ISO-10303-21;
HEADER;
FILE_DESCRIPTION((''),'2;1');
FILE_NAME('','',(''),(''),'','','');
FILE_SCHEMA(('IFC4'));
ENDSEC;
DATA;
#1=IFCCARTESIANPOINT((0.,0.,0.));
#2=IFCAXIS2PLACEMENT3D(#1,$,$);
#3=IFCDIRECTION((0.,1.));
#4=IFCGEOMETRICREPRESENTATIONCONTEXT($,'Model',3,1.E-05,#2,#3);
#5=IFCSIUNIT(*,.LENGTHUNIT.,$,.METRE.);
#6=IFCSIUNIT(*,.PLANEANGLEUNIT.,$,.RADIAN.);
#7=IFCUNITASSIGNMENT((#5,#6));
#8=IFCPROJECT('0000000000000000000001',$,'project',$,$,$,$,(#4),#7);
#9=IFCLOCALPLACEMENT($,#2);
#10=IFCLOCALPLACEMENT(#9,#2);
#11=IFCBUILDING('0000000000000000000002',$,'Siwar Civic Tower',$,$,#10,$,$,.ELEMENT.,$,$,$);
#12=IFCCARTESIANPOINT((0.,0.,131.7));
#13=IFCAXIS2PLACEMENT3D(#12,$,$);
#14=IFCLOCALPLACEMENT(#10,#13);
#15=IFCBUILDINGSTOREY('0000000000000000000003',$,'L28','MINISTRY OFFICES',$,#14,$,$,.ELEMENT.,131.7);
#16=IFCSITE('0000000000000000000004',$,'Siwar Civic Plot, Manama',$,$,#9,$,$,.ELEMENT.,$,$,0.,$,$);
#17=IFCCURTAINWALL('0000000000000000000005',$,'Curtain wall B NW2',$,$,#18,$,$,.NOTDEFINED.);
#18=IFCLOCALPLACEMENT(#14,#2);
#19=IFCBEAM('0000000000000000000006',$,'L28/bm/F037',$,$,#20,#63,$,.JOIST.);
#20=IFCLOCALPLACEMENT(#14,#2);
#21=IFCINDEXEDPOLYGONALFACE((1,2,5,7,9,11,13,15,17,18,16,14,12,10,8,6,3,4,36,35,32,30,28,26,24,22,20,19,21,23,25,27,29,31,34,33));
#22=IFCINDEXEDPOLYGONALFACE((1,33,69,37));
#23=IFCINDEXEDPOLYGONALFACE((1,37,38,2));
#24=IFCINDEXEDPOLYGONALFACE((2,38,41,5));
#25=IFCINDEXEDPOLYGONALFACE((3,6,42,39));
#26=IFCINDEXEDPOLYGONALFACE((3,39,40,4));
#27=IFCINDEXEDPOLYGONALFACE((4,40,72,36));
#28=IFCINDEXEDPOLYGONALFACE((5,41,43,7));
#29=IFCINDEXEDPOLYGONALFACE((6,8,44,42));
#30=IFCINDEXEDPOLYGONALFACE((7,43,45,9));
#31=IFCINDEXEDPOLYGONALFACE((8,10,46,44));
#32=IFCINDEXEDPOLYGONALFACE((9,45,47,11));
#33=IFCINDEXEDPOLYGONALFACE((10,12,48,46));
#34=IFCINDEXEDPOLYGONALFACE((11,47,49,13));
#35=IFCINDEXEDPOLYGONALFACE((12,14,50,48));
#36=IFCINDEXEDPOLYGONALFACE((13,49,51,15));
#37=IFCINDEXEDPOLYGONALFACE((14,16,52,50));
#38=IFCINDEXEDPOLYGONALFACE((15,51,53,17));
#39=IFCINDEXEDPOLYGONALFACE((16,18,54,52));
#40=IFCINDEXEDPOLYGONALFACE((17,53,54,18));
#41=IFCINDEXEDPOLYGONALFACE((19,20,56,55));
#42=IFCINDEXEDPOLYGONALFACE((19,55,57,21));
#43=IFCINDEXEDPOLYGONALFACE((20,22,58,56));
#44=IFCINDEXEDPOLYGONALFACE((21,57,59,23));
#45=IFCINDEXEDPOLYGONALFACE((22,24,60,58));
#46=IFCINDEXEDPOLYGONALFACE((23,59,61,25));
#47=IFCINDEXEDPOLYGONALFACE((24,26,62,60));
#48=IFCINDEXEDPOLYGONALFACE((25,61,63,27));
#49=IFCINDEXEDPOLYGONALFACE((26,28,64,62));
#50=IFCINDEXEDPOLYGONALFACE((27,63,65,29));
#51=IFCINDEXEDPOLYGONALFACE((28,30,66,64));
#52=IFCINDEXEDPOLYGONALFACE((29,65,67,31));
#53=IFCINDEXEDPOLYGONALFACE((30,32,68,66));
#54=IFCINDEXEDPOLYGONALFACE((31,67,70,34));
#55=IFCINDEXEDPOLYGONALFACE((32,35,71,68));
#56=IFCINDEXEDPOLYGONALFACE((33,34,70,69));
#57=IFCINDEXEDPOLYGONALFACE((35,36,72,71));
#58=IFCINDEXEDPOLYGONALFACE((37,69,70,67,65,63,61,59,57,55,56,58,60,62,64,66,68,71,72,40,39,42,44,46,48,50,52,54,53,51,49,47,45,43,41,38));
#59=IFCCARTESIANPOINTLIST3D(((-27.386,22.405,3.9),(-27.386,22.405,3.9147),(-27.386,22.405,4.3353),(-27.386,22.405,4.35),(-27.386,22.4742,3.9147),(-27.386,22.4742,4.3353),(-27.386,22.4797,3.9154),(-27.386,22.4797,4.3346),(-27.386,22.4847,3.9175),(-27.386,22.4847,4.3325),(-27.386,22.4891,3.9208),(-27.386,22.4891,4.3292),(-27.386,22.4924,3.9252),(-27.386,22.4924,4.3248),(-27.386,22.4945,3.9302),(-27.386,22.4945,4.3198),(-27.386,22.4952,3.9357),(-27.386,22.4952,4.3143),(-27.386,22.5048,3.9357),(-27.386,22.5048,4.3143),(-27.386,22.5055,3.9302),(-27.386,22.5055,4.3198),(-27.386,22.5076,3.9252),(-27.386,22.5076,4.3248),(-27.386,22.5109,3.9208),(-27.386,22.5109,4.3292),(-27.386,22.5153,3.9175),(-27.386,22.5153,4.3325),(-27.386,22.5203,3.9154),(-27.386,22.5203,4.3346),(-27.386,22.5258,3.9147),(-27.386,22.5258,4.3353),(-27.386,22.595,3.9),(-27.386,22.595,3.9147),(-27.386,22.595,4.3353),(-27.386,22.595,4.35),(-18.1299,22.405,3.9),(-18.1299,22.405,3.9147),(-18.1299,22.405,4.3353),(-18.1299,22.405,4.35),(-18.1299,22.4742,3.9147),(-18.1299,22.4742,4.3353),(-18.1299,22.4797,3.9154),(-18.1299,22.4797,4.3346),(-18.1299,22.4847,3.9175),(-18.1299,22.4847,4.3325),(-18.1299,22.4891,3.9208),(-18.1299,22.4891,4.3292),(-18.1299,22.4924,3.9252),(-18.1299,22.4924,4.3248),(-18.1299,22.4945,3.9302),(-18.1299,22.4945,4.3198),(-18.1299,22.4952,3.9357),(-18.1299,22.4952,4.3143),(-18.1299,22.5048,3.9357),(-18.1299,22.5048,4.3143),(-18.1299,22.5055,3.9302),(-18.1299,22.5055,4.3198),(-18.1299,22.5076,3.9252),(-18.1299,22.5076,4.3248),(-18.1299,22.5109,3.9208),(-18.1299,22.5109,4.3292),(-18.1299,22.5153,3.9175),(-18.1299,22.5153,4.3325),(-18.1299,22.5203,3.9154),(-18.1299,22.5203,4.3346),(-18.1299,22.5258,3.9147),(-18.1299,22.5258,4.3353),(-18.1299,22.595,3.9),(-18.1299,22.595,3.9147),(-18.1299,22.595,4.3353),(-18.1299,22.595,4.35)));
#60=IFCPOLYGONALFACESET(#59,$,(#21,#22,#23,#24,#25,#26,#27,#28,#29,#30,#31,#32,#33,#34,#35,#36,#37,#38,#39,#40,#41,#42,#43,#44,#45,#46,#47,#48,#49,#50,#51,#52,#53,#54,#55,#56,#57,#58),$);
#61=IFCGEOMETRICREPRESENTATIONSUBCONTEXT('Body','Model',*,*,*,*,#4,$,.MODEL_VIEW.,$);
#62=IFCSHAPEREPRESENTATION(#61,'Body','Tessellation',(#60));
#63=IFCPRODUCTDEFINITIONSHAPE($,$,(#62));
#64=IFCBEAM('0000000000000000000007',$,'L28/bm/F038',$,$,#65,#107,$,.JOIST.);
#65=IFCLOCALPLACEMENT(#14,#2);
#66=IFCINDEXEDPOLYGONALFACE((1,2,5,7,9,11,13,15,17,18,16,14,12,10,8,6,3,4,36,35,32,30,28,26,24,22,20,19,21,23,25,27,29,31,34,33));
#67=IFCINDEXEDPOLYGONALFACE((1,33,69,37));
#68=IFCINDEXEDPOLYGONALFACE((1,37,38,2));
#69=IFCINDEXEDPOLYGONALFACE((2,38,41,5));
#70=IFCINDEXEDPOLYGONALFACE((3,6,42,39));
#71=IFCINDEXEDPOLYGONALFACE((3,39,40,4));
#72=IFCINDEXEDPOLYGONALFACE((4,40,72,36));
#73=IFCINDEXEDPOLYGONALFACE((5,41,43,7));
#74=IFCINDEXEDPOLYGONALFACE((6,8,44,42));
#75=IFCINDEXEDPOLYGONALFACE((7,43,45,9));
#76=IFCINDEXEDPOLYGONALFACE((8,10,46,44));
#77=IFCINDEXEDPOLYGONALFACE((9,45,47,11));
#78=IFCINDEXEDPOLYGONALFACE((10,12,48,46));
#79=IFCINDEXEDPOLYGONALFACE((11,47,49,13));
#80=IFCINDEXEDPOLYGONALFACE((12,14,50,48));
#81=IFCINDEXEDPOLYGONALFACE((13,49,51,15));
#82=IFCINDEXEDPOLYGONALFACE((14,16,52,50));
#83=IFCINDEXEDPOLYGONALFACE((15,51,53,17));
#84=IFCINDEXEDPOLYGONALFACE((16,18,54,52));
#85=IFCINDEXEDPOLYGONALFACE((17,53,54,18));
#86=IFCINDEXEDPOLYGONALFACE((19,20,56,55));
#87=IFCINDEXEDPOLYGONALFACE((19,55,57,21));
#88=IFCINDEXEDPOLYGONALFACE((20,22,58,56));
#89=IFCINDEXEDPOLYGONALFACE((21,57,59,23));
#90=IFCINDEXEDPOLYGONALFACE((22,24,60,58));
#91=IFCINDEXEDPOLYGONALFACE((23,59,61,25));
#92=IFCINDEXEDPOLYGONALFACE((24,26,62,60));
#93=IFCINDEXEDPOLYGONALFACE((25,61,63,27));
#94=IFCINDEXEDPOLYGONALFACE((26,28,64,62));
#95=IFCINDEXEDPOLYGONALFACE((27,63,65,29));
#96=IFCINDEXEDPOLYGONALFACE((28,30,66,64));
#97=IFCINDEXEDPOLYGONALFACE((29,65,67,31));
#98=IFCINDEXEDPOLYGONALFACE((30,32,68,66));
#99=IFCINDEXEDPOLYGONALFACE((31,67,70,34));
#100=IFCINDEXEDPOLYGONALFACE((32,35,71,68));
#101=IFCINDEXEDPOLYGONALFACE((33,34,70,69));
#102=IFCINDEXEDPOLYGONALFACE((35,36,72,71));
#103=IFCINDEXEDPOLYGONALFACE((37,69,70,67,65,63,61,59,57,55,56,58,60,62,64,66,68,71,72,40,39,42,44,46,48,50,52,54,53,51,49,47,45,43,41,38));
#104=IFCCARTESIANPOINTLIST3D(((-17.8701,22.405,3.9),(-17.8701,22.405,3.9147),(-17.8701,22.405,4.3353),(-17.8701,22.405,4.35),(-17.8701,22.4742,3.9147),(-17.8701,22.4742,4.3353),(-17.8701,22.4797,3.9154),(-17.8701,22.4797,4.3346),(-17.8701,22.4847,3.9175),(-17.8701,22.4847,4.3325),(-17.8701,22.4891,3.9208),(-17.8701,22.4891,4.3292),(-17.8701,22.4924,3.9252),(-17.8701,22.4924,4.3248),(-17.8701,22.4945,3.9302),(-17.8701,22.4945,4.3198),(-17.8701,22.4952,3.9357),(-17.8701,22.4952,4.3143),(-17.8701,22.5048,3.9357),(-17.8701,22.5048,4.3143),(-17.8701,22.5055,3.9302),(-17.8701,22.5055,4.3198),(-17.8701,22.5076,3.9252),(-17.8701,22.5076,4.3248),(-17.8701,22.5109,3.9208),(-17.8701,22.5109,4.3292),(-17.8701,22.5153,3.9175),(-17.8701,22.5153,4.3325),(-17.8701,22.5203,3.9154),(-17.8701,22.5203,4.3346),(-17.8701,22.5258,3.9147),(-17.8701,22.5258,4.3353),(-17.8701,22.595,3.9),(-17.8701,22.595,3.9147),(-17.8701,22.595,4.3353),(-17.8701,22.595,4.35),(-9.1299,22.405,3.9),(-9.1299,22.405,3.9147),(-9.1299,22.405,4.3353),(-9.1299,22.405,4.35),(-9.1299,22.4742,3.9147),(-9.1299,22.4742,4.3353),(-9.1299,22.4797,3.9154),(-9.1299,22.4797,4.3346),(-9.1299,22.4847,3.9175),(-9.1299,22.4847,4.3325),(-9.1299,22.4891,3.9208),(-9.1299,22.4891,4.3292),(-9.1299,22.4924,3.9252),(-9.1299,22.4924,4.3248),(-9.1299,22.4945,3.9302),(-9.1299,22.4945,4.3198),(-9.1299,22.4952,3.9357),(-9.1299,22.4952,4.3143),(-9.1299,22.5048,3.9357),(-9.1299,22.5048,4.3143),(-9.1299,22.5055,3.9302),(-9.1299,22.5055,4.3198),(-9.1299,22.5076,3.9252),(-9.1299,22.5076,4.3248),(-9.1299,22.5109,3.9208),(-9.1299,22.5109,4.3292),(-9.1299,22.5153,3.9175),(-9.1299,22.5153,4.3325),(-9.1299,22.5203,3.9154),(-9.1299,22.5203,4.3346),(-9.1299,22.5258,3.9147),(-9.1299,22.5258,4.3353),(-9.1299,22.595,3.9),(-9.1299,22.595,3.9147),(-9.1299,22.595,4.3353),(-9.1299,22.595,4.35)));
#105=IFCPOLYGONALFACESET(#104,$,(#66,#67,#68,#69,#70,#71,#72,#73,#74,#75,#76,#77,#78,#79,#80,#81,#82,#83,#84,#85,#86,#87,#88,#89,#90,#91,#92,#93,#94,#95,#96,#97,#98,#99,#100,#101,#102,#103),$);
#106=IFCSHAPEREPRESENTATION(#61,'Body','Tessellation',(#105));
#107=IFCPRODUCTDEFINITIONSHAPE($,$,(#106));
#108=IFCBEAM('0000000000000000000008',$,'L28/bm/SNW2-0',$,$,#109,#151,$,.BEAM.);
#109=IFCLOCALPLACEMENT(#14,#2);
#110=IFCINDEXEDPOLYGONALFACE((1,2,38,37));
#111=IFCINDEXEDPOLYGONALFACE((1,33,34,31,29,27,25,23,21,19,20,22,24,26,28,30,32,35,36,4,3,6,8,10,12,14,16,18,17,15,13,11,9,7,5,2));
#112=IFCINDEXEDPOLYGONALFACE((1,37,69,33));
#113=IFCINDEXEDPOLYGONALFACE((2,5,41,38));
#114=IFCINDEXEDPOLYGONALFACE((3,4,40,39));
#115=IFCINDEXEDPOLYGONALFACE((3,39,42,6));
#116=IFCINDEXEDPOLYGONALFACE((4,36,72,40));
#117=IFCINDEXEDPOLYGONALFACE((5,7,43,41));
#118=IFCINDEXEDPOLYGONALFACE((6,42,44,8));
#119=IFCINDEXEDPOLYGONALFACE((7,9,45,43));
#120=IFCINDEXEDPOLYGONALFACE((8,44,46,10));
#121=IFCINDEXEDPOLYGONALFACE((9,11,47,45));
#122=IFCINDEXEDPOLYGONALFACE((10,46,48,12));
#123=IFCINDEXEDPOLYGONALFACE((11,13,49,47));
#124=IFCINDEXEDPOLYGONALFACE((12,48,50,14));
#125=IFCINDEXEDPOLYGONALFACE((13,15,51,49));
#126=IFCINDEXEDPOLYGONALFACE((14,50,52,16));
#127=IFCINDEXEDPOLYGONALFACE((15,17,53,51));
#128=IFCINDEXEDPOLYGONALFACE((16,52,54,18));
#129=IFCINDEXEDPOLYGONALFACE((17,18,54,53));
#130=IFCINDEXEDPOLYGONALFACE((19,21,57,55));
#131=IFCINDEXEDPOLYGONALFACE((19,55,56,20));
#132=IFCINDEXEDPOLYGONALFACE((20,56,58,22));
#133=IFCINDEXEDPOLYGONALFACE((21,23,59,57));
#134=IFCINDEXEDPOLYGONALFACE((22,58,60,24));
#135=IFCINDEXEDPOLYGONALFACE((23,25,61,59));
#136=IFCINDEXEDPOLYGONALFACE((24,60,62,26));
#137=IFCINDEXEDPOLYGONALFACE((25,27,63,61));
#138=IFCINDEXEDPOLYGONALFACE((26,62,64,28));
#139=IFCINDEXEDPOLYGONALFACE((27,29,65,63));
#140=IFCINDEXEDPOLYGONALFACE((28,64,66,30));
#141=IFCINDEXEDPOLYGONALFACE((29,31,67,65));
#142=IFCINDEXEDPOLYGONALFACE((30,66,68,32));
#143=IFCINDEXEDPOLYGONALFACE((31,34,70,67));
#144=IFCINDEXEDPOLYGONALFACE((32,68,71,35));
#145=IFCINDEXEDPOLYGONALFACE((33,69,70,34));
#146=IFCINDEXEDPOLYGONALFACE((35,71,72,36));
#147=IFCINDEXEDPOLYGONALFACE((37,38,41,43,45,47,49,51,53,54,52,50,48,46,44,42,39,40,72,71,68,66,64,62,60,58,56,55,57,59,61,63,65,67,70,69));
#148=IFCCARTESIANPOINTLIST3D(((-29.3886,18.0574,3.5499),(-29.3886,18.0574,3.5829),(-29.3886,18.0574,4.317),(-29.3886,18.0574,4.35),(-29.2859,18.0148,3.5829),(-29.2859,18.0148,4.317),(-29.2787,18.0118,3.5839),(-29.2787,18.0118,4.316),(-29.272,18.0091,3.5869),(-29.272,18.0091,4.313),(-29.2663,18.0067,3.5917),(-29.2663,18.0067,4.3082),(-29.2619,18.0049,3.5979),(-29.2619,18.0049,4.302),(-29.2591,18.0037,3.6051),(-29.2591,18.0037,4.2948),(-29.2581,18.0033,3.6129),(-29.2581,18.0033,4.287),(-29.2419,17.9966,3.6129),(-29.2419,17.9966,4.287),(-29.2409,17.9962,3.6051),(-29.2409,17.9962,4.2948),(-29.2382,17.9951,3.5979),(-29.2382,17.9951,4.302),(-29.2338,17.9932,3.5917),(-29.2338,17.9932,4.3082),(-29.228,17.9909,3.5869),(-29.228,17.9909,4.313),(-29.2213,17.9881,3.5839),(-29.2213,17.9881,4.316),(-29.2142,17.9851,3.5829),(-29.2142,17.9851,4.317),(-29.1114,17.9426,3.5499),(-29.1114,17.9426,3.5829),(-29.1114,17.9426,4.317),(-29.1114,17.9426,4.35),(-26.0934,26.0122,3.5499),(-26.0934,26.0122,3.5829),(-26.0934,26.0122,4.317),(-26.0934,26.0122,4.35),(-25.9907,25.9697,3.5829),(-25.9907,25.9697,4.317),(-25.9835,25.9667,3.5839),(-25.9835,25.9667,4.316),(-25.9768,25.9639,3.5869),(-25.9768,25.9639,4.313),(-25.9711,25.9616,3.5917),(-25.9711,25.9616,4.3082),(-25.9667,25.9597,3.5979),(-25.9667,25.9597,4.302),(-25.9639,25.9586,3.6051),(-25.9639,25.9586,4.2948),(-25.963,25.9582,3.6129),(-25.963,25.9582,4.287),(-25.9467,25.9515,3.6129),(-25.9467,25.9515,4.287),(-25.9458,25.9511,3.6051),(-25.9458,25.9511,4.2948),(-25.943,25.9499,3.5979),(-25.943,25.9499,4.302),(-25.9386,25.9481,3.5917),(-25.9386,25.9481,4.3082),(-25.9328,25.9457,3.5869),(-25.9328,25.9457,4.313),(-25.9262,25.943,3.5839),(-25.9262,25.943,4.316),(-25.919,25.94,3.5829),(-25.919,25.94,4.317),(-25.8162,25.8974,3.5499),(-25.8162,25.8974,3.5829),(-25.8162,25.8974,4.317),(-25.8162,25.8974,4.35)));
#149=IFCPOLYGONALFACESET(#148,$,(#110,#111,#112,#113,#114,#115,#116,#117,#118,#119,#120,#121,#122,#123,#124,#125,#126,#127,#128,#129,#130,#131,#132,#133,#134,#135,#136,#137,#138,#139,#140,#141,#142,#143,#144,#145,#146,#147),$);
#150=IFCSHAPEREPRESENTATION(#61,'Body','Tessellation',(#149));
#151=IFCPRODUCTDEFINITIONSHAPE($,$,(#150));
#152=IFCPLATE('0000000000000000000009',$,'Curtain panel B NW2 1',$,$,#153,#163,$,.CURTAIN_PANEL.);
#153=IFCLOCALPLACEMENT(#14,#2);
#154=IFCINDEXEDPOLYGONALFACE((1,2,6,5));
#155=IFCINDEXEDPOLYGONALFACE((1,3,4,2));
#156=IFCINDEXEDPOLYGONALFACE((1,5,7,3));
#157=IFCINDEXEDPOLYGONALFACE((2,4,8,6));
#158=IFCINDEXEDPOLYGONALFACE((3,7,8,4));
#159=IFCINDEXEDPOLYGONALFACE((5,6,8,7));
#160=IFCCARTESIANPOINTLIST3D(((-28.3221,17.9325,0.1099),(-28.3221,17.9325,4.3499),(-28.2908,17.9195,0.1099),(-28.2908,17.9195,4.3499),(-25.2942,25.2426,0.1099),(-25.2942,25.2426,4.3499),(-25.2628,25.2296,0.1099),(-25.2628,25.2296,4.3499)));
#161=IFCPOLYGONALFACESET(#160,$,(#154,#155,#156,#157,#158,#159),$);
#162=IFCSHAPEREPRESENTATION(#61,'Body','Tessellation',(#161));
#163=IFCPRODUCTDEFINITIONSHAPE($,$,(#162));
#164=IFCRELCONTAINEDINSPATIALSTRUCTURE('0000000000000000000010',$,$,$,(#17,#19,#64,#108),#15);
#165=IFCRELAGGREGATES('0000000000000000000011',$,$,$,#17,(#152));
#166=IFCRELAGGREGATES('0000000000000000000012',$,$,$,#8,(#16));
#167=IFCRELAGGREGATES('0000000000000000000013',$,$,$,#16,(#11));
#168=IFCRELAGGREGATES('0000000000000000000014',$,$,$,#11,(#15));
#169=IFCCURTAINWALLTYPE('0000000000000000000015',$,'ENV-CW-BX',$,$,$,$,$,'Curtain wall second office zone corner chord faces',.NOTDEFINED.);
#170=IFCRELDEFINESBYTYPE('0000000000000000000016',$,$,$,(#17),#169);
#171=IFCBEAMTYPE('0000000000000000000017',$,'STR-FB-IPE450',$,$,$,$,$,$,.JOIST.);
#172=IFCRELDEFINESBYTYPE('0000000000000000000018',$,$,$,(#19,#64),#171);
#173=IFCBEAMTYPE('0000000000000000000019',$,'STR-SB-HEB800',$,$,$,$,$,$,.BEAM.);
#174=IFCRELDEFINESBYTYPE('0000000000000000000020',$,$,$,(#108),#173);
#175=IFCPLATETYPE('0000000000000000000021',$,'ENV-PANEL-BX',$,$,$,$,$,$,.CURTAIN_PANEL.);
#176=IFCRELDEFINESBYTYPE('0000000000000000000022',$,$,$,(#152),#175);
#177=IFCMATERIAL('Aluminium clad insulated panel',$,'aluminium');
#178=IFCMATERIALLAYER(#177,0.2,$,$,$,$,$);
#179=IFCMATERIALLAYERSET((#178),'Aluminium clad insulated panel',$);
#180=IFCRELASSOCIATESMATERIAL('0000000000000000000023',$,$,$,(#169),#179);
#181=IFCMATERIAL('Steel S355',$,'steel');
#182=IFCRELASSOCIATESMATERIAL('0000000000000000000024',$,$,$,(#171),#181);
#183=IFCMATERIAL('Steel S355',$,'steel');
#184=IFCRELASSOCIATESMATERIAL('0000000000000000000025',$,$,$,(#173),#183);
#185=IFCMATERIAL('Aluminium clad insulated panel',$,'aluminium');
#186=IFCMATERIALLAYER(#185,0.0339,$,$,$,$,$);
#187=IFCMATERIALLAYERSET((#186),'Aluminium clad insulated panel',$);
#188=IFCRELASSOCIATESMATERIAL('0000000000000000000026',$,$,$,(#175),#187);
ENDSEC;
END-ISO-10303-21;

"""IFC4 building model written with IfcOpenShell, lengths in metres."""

from ifc_helpers import new_model, si_unit, direction, frame, origin, origin_2d, place, context, subcontext, project, spatial, rectangle, i_section, extrude, material, layer, layer_set, material_profile, profile_set, type_object, element, aggregate, save


model = new_model("IFC4")

# Units and contexts
model_context = context("Model", 3, precision=1e-05, world=origin(), true_north=direction((0.0, 1.0)))
body_context = subcontext(model_context, "Body", "Model", "MODEL_VIEW")
ifc_project = project(units=[si_unit("LENGTHUNIT", "METRE"), si_unit("PLANEANGLEUNIT", "RADIAN")], contexts=[model_context])

# Site, building, storey
site_placement = place(None, origin())
site = spatial("IfcSite", under=ifc_project, at=site_placement, Name="Siwar Civic Plot, Manama", CompositionType="ELEMENT", RefElevation=0.0)
building_placement = place(site_placement, origin())
building = spatial("IfcBuilding", under=site, at=building_placement, Name="Siwar Civic Tower", CompositionType="ELEMENT")
storey_placement = place(building_placement, frame((0.0, 0.0, 131.7)))
storey = spatial("IfcBuildingStorey", under=building, at=storey_placement, Name="L28", Description="MINISTRY OFFICES", CompositionType="ELEMENT", Elevation=131.7)

# Curtain wall
ifc_material_1 = material(Name="Aluminium clad insulated panel", Category="aluminium")
ifc_layer_1 = layer(ifc_material_1, 0.2)
ifc_layer_set_1 = layer_set([ifc_layer_1], Name="Aluminium clad insulated panel")
curtain_wall_type = type_object("IfcCurtainWallType", Name="ENV-CW-BX", ElementType="Curtain wall second office zone corner chord faces", PredefinedType="NOTDEFINED", material=ifc_layer_set_1)
curtain_wall_placement = place(storey_placement, origin())
curtain_wall = element("IfcCurtainWall", 1, at=curtain_wall_placement, inside=storey, type_object=curtain_wall_type, Name="Curtain wall B NW2", PredefinedType="NOTDEFINED")

# Beams
ifc_material_2 = material(Name="Steel S355", Category="steel")
ifc_material_profile_1 = material_profile(ifc_material_2, i_section(OverallWidth=0.1899, OverallDepth=0.45, WebThickness=0.0095, FlangeThickness=0.0146, FilletRadius=0.021, at=origin_2d()), Name="IPE450")
ifc_profile_set_1 = profile_set([ifc_material_profile_1], Name="Steel S355")
beam_type_1 = type_object("IfcBeamType", Name="STR-FB-IPE450", PredefinedType="JOIST", material=ifc_profile_set_1)
beam_1_placement = place(storey_placement, frame((-27.386, 22.5, 4.125), z_axis=(1.0, 0.0, 0.0), x_axis=(0.0, 1.0, 0.0)))
element("IfcBeam", 2, at=beam_1_placement, inside=storey, type_object=beam_type_1, Name="L28/bm/F037", PredefinedType="JOIST", context=body_context, shape_type="SweptSolid", body=[
    extrude(i_section(OverallWidth=0.1899, OverallDepth=0.45, WebThickness=0.0095, FlangeThickness=0.0146, FilletRadius=0.021, at=origin_2d()), origin(), (0.0, 0.0, 1.0), 9.2561),
])
beam_2_placement = place(storey_placement, frame((-17.8701, 22.5, 4.125), z_axis=(1.0, 0.0, 0.0), x_axis=(0.0, 1.0, 0.0)))
element("IfcBeam", 3, at=beam_2_placement, inside=storey, type_object=beam_type_1, Name="L28/bm/F038", PredefinedType="JOIST", context=body_context, shape_type="SweptSolid", body=[
    extrude(i_section(OverallWidth=0.1899, OverallDepth=0.45, WebThickness=0.0095, FlangeThickness=0.0146, FilletRadius=0.021, at=origin_2d()), origin(), (0.0, 0.0, 1.0), 8.7402),
])
ifc_material_3 = material(Name="Steel S355", Category="steel")
ifc_material_profile_2 = material_profile(ifc_material_3, i_section(OverallWidth=0.3, OverallDepth=0.8, WebThickness=0.0176, FlangeThickness=0.033, FilletRadius=0.03, at=origin_2d()), Name="HEB800")
ifc_profile_set_2 = profile_set([ifc_material_profile_2], Name="Steel S355")
beam_type_2 = type_object("IfcBeamType", Name="STR-SB-HEB800", PredefinedType="BEAM", material=ifc_profile_set_2)
beam_3_placement = place(storey_placement, frame((-25.9548, 25.9548, 3.95), z_axis=(-0.3827, -0.923873, 0.0), x_axis=(0.923873, -0.3827, 0.0)))
element("IfcBeam", 4, at=beam_3_placement, inside=storey, type_object=beam_type_2, Name="L28/bm/SNW2-0", PredefinedType="BEAM", context=body_context, shape_type="SweptSolid", body=[
    extrude(i_section(OverallWidth=0.3, OverallDepth=0.8, WebThickness=0.0176, FlangeThickness=0.033, FilletRadius=0.03, at=origin_2d()), origin(), (0.0, 0.0, 1.0), 8.6104),
])

# Plate
ifc_material_4 = material(Name="Aluminium clad insulated panel", Category="aluminium")
ifc_layer_2 = layer(ifc_material_4, 0.0339)
ifc_layer_set_2 = layer_set([ifc_layer_2], Name="Aluminium clad insulated panel")
plate_type = type_object("IfcPlateType", Name="ENV-PANEL-BX", PredefinedType="CURTAIN_PANEL", material=ifc_layer_set_2)
plate_placement = place(storey_placement, frame((-26.7925, 21.5811, 0.1099), z_axis=(0.0, 0.0, 1.0), x_axis=(-0.382683, -0.92388, 0.0)))
plate = element("IfcPlate", 5, at=plate_placement, type_object=plate_type, Name="Curtain panel B NW2 1", PredefinedType="CURTAIN_PANEL", context=body_context, shape_type="SweptSolid", body=[
    extrude(rectangle(XDim=7.9124, YDim=0.0339, at=origin_2d()), origin(), (0.0, 0.0, 1.0), 4.24),
])
aggregate(curtain_wall, [plate])

save(model, "model.ifc")
